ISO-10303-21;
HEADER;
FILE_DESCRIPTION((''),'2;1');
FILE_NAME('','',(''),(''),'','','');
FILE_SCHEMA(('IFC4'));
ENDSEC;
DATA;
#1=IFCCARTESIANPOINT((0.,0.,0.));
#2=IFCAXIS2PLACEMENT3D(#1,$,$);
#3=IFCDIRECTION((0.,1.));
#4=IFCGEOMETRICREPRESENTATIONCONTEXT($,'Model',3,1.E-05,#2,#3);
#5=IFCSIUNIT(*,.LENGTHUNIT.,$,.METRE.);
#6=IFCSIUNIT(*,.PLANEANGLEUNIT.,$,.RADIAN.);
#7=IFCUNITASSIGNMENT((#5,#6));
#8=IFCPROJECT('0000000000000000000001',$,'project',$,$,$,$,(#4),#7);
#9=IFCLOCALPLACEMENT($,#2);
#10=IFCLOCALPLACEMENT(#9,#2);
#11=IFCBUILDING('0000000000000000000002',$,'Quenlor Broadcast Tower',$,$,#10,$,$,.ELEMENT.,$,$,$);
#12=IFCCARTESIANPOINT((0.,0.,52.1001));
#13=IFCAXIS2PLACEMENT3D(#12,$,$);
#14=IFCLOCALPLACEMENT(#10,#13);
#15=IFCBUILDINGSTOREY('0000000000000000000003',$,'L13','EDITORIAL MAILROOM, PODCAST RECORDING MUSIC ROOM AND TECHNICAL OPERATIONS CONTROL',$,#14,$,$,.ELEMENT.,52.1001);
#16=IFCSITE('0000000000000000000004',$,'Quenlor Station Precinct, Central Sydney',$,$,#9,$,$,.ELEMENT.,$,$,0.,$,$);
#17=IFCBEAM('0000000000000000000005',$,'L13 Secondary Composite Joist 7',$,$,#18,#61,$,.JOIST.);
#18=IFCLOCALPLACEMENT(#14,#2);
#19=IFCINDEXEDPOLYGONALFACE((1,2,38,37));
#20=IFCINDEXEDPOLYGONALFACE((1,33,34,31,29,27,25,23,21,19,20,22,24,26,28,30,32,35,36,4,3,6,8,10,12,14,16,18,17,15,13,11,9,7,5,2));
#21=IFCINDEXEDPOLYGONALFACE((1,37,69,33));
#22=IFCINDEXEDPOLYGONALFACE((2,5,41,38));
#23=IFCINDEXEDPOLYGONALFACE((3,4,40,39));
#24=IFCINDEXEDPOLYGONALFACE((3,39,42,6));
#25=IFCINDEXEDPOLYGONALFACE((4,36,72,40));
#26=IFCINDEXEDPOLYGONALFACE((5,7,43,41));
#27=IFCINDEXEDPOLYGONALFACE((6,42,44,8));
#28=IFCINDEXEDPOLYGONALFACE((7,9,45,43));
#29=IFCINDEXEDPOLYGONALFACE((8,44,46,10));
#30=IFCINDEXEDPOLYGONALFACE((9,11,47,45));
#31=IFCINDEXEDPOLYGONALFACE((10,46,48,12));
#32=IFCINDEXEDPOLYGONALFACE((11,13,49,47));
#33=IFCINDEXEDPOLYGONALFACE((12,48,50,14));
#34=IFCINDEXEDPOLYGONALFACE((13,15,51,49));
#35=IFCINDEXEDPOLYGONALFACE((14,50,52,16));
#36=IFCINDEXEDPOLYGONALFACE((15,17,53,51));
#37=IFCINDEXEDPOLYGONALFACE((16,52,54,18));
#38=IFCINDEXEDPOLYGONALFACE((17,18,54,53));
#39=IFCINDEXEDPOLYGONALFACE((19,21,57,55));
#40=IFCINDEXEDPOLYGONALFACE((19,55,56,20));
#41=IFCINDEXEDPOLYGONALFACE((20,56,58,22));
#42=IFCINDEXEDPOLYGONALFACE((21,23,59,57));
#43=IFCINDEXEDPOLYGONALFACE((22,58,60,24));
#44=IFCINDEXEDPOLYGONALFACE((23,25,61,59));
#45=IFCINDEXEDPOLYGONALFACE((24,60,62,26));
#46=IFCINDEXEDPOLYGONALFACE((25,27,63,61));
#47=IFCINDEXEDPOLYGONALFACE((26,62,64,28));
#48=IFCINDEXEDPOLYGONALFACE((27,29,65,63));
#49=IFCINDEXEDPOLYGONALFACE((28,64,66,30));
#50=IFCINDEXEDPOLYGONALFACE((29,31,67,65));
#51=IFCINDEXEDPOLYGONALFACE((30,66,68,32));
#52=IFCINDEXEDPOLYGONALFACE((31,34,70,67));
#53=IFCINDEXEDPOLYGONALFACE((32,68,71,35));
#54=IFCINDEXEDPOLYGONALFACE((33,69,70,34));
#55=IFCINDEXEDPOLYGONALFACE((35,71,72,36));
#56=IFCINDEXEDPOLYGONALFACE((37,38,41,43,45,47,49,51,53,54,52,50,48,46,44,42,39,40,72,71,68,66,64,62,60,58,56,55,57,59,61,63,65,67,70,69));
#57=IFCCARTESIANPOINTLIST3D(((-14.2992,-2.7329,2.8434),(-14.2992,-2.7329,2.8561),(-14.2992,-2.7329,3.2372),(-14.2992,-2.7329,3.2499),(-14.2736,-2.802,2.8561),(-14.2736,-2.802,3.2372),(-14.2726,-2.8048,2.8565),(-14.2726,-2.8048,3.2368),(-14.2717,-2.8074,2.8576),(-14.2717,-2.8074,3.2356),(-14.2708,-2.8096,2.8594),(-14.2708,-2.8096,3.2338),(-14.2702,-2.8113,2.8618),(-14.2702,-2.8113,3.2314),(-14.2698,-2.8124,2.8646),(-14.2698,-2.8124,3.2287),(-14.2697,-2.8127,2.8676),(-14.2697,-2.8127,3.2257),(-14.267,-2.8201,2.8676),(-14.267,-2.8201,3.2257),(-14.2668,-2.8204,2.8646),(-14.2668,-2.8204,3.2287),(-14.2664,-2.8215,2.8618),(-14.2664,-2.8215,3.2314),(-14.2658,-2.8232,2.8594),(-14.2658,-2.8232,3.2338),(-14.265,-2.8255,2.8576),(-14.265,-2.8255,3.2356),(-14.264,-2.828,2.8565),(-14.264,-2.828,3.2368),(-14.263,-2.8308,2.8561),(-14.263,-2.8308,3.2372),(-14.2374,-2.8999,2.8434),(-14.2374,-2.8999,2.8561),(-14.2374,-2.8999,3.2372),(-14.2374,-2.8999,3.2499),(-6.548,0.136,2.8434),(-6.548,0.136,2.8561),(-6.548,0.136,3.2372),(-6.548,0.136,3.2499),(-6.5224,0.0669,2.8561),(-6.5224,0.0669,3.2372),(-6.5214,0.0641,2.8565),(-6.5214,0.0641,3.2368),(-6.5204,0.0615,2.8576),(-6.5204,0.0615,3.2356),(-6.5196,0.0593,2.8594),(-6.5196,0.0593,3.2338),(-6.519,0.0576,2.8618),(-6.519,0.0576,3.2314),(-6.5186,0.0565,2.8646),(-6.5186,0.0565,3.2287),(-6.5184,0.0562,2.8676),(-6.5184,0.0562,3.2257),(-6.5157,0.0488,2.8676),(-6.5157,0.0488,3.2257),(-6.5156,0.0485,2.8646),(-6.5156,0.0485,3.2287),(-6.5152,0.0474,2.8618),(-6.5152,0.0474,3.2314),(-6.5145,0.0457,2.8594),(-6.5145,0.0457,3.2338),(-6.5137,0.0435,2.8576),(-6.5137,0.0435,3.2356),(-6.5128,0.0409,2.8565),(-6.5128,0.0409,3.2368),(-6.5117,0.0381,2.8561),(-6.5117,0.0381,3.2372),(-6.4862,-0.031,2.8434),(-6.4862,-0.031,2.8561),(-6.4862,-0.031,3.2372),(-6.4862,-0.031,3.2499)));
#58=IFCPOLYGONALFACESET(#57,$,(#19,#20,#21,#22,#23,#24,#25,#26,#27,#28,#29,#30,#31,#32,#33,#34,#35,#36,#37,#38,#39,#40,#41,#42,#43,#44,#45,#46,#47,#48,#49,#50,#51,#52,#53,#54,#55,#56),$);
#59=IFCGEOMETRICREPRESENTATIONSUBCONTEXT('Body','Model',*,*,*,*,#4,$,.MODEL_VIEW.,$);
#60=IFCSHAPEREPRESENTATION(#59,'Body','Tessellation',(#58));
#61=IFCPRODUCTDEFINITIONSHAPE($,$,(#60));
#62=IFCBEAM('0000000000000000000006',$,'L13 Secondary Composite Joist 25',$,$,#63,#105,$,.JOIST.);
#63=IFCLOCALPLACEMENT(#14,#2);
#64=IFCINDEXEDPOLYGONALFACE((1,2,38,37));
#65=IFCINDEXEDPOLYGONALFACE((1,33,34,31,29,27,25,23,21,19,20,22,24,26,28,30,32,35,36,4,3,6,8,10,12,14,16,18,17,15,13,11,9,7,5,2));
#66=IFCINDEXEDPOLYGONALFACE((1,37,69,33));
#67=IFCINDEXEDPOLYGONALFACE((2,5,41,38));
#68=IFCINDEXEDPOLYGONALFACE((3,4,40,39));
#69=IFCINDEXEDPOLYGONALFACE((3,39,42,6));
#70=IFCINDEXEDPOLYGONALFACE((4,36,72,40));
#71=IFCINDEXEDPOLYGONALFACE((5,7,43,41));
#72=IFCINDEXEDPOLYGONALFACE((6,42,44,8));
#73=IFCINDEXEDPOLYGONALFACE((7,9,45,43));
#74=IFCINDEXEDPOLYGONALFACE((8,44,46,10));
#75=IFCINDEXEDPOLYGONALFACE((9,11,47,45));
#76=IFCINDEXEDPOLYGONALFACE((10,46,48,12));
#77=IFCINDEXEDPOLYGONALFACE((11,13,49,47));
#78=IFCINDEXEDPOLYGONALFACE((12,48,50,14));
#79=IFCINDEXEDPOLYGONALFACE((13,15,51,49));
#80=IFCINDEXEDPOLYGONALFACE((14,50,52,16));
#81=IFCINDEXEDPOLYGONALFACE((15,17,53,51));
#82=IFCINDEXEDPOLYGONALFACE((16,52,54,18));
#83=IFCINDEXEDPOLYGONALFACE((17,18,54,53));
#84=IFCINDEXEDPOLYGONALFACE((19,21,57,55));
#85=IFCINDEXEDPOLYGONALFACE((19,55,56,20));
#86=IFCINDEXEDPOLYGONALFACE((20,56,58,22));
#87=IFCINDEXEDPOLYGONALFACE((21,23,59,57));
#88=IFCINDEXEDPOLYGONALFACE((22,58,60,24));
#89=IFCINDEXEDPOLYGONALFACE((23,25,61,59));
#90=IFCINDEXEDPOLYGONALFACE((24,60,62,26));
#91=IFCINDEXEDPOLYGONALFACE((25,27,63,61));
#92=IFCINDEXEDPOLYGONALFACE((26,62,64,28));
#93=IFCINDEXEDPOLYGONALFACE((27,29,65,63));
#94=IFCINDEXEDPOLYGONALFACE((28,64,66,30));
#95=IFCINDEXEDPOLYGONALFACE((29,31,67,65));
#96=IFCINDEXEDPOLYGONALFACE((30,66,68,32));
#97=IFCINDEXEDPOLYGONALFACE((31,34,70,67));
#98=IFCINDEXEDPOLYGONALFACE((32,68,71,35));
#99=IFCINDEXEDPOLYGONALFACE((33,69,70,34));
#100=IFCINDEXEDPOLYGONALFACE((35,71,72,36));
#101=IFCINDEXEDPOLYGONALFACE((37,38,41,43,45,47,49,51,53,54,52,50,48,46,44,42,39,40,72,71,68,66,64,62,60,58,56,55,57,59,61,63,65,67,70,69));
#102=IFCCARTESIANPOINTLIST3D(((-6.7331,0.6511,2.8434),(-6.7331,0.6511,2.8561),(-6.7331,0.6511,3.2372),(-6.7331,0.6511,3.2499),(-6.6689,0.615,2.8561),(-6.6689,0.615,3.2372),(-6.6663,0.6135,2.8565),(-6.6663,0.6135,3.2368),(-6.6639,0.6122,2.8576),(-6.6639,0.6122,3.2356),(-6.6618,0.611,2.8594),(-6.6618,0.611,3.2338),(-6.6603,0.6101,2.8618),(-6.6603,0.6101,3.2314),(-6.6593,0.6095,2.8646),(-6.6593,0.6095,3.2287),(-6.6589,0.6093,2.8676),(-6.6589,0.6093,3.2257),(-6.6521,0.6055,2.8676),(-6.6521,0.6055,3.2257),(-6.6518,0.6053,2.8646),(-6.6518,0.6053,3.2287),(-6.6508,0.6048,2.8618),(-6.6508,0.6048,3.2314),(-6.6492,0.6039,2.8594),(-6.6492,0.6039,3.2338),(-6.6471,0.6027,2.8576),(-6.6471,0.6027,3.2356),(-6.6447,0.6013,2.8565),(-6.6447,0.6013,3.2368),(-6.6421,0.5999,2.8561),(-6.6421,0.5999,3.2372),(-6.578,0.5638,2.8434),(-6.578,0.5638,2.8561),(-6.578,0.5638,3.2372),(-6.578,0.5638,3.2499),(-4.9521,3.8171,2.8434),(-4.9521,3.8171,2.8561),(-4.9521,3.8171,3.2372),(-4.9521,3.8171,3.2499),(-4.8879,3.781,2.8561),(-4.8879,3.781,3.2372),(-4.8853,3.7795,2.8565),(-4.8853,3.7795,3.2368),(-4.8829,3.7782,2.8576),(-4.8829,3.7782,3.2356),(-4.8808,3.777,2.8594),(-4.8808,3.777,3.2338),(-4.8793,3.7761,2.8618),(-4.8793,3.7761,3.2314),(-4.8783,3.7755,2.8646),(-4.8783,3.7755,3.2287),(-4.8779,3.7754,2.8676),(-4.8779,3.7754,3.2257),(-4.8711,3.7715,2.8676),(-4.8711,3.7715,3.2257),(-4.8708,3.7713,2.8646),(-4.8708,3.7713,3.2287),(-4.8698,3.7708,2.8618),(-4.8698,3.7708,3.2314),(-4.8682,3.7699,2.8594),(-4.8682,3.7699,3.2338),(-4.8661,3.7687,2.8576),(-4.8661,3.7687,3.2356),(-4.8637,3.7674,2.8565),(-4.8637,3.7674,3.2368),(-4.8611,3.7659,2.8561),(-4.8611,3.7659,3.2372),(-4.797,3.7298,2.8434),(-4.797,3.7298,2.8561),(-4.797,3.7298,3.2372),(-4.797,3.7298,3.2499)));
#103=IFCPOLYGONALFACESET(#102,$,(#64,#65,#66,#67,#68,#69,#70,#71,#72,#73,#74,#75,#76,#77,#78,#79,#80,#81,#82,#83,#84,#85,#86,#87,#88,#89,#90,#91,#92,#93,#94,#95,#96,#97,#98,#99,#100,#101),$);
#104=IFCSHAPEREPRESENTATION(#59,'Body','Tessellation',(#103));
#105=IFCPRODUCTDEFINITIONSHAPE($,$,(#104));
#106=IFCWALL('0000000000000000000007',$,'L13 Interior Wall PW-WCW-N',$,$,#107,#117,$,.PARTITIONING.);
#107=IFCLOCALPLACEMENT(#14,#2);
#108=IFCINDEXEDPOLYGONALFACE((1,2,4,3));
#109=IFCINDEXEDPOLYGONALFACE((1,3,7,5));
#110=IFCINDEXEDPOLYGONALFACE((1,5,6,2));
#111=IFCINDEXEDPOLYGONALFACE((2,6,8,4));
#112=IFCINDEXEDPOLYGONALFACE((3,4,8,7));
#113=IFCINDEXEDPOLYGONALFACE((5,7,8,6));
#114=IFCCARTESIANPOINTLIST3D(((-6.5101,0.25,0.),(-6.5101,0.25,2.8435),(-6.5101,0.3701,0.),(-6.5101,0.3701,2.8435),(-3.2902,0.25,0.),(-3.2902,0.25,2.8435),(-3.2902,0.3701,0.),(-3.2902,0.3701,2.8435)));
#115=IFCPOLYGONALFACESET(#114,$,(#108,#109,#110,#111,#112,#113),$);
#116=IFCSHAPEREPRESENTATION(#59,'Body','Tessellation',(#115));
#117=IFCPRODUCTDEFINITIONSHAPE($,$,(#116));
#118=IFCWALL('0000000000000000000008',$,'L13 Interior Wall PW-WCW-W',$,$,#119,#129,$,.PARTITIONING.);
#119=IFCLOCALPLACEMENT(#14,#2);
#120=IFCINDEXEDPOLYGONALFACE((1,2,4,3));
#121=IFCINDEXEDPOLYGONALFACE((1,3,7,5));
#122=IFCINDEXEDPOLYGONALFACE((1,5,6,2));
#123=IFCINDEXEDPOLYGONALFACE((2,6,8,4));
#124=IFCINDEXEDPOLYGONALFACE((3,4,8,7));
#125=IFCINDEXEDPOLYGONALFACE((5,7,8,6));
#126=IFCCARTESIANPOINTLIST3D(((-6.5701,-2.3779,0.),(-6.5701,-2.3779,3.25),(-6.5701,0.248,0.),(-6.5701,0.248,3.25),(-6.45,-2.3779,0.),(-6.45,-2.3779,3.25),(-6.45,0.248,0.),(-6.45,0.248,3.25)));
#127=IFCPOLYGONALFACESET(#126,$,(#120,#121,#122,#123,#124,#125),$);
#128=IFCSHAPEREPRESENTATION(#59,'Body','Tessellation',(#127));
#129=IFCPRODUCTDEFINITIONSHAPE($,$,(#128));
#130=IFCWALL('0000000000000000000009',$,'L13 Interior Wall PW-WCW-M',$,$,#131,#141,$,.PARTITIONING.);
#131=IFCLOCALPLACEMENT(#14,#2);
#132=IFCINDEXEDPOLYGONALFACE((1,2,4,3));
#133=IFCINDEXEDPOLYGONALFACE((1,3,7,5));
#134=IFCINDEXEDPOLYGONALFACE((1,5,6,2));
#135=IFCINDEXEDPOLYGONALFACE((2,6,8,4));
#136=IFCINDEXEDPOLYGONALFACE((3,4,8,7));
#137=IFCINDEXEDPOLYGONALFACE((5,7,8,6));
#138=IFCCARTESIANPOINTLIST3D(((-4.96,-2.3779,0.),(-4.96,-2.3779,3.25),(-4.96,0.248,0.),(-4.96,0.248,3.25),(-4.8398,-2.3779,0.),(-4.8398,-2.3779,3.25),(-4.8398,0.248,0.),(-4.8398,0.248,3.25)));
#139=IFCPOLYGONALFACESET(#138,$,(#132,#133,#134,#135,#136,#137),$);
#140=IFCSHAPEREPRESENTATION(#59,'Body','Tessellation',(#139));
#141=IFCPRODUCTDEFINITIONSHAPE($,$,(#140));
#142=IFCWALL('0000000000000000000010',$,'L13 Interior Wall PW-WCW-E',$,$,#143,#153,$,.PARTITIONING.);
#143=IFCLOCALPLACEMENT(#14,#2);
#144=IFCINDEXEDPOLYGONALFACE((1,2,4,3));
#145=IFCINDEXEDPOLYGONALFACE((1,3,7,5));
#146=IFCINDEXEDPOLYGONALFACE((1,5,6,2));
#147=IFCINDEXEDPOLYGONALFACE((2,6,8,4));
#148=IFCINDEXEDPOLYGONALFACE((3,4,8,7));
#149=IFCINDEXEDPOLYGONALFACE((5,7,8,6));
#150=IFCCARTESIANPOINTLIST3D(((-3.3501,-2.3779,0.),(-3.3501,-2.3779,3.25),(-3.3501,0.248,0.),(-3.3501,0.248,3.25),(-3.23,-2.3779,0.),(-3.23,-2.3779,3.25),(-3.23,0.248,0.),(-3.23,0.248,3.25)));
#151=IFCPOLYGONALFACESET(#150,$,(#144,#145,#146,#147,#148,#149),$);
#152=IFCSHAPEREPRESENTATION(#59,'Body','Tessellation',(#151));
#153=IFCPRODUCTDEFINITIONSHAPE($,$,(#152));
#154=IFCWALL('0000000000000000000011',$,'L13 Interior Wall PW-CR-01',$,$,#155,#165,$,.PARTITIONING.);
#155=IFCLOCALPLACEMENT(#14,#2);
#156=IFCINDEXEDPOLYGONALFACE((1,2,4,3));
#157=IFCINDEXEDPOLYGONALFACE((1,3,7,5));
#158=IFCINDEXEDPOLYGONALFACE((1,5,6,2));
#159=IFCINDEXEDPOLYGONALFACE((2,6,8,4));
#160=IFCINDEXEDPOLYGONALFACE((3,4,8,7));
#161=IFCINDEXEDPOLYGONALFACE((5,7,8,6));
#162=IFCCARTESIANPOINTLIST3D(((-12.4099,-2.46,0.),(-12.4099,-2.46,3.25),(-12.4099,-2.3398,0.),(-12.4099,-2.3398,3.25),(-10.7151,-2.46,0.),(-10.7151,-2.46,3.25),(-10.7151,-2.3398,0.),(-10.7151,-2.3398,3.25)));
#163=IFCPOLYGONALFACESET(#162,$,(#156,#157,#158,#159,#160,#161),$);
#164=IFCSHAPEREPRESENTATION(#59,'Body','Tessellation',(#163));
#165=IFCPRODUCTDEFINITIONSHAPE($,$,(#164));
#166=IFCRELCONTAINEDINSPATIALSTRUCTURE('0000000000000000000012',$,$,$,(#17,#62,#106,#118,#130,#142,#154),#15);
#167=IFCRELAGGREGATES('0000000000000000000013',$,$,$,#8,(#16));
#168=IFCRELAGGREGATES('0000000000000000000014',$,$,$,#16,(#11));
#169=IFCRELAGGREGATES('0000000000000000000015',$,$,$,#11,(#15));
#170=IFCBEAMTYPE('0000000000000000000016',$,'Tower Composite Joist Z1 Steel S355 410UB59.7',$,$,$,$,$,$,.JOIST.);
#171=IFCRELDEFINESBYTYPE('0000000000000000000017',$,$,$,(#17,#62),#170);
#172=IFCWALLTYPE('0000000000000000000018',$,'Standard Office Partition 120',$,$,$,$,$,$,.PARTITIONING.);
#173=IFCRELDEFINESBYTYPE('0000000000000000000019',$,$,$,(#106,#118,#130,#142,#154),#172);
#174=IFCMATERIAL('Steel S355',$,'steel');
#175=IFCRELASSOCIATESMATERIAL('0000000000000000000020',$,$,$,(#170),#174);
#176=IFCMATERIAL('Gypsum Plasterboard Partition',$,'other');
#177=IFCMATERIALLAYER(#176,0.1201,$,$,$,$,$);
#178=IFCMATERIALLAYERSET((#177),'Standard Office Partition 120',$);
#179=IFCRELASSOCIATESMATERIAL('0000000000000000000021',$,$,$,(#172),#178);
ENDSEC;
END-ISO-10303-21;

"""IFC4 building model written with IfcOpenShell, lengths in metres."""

from ifc_helpers import new_model, si_unit, direction, frame, frame_2d, origin, origin_2d, place, context, subcontext, project, spatial, rectangle, i_section, extrude, material, layer, layer_set, material_profile, profile_set, type_object, element, save


model = new_model("IFC4")

# Units and contexts
model_context = context("Model", 3, precision=1e-05, world=origin(), true_north=direction((0.0, 1.0)))
body_context = subcontext(model_context, "Body", "Model", "MODEL_VIEW")
ifc_project = project(units=[si_unit("LENGTHUNIT", "METRE"), si_unit("PLANEANGLEUNIT", "RADIAN")], contexts=[model_context])

# Site, building, storey
site_placement = place(None, origin())
site = spatial("IfcSite", under=ifc_project, at=site_placement, Name="Quenlor Station Precinct, Central Sydney", CompositionType="ELEMENT", RefElevation=0.0)
building_placement = place(site_placement, origin())
building = spatial("IfcBuilding", under=site, at=building_placement, Name="Quenlor Broadcast Tower", CompositionType="ELEMENT")
storey_placement = place(building_placement, frame((0.0, 0.0, 52.1001)))
storey = spatial("IfcBuildingStorey", under=building, at=storey_placement, Name="L13", Description="EDITORIAL MAILROOM, PODCAST RECORDING MUSIC ROOM AND TECHNICAL OPERATIONS CONTROL", CompositionType="ELEMENT", Elevation=52.1001)

# Beams
ifc_material_1 = material(Name="Steel S355", Category="steel")
ifc_material_profile = material_profile(ifc_material_1, i_section(OverallWidth=0.178, OverallDepth=0.4065, WebThickness=0.0078, FlangeThickness=0.0127, FilletRadius=0.0115, at=origin_2d()))
ifc_profile_set = profile_set([ifc_material_profile], Name="Steel S355 410UB59.7")
beam_type = type_object("IfcBeamType", Name="Tower Composite Joist Z1 Steel S355 410UB59.7", PredefinedType="JOIST", material=ifc_profile_set)
beam_1_placement = place(storey_placement, frame((-14.2683, -2.8164, 3.0466), z_axis=(0.937825, 0.347109, 0.0), x_axis=(-0.347109, 0.937825, 0.0)))
element("IfcBeam", 1, at=beam_1_placement, inside=storey, type_object=beam_type, Name="L13 Secondary Composite Joist 7", PredefinedType="JOIST", context=body_context, shape_type="SweptSolid", body=[
    extrude(i_section(OverallWidth=0.178, OverallDepth=0.4065, WebThickness=0.0078, FlangeThickness=0.0127, FilletRadius=0.0115, at=origin_2d()), origin(), (0.0, 0.0, 1.0), 8.2651),
])
beam_2_placement = place(storey_placement, frame((-4.8745, 3.7734, 3.0466), z_axis=(-0.490287, -0.871561, 0.0), x_axis=(0.871561, -0.490287, 0.0)))
element("IfcBeam", 2, at=beam_2_placement, inside=storey, type_object=beam_type, Name="L13 Secondary Composite Joist 25", PredefinedType="JOIST", context=body_context, shape_type="SweptSolid", body=[
    extrude(i_section(OverallWidth=0.178, OverallDepth=0.4065, WebThickness=0.0078, FlangeThickness=0.0127, FilletRadius=0.0115, at=origin_2d()), origin(), (0.0, 0.0, 1.0), 3.6326),
])

# Shared definitions
ifc_material_2 = material(Name="Gypsum Plasterboard Partition", Category="other")
ifc_layer = layer(ifc_material_2, 0.1201)
ifc_layer_set = layer_set([ifc_layer], Name="Standard Office Partition 120")
wall_type = type_object("IfcWallType", Name="Standard Office Partition 120", PredefinedType="PARTITIONING", material=ifc_layer_set)

# Walls
wall_1_placement = place(storey_placement, frame((-6.51, 0.3101, 0.0), z_axis=(0.0, 0.0, 1.0), x_axis=(1.0, 0.0, 0.0)))
element("IfcWall", 3, at=wall_1_placement, inside=storey, type_object=wall_type, Name="L13 Interior Wall PW-WCW-N", PredefinedType="PARTITIONING", context=body_context, shape_type="SweptSolid", body=[
    extrude(rectangle(XDim=3.22, YDim=0.1201, at=frame_2d((1.6099, 0.0))), origin(), (0.0, 0.0, 1.0), 2.8435),
])
for number, where, z_axis, x_axis, name in (
    (4, (-6.51, -2.3779, 0.0), (0.0, 0.0, 1.0), (0.0, 1.0, 0.0), "L13 Interior Wall PW-WCW-W"),
    (5, (-4.8999, -2.3779, 0.0), (0.0, 0.0, 1.0), (0.0, 1.0, 0.0), "L13 Interior Wall PW-WCW-M"),
    (6, (-3.29, -2.3779, 0.0), (0.0, 0.0, 1.0), (0.0, 1.0, 0.0), "L13 Interior Wall PW-WCW-E"),
):
    element("IfcWall", number, at=place(storey_placement, frame(where, z_axis=z_axis, x_axis=x_axis)), inside=storey, type_object=wall_type, Name=name, PredefinedType="PARTITIONING", context=body_context, shape_type="SweptSolid", body=[
        extrude(rectangle(XDim=2.626, YDim=0.1201, at=frame_2d((1.313, 0.0))), origin(), (0.0, 0.0, 1.0), 3.25),
    ])
wall_2_placement = place(storey_placement, frame((-12.4099, -2.3999, 0.0), z_axis=(0.0, 0.0, 1.0), x_axis=(1.0, 0.0, 0.0)))
element("IfcWall", 7, at=wall_2_placement, inside=storey, type_object=wall_type, Name="L13 Interior Wall PW-CR-01", PredefinedType="PARTITIONING", context=body_context, shape_type="SweptSolid", body=[
    extrude(rectangle(XDim=1.6948, YDim=0.1201, at=frame_2d((0.8474, 0.0))), origin(), (0.0, 0.0, 1.0), 3.25),
])

save(model, "model.ifc")
